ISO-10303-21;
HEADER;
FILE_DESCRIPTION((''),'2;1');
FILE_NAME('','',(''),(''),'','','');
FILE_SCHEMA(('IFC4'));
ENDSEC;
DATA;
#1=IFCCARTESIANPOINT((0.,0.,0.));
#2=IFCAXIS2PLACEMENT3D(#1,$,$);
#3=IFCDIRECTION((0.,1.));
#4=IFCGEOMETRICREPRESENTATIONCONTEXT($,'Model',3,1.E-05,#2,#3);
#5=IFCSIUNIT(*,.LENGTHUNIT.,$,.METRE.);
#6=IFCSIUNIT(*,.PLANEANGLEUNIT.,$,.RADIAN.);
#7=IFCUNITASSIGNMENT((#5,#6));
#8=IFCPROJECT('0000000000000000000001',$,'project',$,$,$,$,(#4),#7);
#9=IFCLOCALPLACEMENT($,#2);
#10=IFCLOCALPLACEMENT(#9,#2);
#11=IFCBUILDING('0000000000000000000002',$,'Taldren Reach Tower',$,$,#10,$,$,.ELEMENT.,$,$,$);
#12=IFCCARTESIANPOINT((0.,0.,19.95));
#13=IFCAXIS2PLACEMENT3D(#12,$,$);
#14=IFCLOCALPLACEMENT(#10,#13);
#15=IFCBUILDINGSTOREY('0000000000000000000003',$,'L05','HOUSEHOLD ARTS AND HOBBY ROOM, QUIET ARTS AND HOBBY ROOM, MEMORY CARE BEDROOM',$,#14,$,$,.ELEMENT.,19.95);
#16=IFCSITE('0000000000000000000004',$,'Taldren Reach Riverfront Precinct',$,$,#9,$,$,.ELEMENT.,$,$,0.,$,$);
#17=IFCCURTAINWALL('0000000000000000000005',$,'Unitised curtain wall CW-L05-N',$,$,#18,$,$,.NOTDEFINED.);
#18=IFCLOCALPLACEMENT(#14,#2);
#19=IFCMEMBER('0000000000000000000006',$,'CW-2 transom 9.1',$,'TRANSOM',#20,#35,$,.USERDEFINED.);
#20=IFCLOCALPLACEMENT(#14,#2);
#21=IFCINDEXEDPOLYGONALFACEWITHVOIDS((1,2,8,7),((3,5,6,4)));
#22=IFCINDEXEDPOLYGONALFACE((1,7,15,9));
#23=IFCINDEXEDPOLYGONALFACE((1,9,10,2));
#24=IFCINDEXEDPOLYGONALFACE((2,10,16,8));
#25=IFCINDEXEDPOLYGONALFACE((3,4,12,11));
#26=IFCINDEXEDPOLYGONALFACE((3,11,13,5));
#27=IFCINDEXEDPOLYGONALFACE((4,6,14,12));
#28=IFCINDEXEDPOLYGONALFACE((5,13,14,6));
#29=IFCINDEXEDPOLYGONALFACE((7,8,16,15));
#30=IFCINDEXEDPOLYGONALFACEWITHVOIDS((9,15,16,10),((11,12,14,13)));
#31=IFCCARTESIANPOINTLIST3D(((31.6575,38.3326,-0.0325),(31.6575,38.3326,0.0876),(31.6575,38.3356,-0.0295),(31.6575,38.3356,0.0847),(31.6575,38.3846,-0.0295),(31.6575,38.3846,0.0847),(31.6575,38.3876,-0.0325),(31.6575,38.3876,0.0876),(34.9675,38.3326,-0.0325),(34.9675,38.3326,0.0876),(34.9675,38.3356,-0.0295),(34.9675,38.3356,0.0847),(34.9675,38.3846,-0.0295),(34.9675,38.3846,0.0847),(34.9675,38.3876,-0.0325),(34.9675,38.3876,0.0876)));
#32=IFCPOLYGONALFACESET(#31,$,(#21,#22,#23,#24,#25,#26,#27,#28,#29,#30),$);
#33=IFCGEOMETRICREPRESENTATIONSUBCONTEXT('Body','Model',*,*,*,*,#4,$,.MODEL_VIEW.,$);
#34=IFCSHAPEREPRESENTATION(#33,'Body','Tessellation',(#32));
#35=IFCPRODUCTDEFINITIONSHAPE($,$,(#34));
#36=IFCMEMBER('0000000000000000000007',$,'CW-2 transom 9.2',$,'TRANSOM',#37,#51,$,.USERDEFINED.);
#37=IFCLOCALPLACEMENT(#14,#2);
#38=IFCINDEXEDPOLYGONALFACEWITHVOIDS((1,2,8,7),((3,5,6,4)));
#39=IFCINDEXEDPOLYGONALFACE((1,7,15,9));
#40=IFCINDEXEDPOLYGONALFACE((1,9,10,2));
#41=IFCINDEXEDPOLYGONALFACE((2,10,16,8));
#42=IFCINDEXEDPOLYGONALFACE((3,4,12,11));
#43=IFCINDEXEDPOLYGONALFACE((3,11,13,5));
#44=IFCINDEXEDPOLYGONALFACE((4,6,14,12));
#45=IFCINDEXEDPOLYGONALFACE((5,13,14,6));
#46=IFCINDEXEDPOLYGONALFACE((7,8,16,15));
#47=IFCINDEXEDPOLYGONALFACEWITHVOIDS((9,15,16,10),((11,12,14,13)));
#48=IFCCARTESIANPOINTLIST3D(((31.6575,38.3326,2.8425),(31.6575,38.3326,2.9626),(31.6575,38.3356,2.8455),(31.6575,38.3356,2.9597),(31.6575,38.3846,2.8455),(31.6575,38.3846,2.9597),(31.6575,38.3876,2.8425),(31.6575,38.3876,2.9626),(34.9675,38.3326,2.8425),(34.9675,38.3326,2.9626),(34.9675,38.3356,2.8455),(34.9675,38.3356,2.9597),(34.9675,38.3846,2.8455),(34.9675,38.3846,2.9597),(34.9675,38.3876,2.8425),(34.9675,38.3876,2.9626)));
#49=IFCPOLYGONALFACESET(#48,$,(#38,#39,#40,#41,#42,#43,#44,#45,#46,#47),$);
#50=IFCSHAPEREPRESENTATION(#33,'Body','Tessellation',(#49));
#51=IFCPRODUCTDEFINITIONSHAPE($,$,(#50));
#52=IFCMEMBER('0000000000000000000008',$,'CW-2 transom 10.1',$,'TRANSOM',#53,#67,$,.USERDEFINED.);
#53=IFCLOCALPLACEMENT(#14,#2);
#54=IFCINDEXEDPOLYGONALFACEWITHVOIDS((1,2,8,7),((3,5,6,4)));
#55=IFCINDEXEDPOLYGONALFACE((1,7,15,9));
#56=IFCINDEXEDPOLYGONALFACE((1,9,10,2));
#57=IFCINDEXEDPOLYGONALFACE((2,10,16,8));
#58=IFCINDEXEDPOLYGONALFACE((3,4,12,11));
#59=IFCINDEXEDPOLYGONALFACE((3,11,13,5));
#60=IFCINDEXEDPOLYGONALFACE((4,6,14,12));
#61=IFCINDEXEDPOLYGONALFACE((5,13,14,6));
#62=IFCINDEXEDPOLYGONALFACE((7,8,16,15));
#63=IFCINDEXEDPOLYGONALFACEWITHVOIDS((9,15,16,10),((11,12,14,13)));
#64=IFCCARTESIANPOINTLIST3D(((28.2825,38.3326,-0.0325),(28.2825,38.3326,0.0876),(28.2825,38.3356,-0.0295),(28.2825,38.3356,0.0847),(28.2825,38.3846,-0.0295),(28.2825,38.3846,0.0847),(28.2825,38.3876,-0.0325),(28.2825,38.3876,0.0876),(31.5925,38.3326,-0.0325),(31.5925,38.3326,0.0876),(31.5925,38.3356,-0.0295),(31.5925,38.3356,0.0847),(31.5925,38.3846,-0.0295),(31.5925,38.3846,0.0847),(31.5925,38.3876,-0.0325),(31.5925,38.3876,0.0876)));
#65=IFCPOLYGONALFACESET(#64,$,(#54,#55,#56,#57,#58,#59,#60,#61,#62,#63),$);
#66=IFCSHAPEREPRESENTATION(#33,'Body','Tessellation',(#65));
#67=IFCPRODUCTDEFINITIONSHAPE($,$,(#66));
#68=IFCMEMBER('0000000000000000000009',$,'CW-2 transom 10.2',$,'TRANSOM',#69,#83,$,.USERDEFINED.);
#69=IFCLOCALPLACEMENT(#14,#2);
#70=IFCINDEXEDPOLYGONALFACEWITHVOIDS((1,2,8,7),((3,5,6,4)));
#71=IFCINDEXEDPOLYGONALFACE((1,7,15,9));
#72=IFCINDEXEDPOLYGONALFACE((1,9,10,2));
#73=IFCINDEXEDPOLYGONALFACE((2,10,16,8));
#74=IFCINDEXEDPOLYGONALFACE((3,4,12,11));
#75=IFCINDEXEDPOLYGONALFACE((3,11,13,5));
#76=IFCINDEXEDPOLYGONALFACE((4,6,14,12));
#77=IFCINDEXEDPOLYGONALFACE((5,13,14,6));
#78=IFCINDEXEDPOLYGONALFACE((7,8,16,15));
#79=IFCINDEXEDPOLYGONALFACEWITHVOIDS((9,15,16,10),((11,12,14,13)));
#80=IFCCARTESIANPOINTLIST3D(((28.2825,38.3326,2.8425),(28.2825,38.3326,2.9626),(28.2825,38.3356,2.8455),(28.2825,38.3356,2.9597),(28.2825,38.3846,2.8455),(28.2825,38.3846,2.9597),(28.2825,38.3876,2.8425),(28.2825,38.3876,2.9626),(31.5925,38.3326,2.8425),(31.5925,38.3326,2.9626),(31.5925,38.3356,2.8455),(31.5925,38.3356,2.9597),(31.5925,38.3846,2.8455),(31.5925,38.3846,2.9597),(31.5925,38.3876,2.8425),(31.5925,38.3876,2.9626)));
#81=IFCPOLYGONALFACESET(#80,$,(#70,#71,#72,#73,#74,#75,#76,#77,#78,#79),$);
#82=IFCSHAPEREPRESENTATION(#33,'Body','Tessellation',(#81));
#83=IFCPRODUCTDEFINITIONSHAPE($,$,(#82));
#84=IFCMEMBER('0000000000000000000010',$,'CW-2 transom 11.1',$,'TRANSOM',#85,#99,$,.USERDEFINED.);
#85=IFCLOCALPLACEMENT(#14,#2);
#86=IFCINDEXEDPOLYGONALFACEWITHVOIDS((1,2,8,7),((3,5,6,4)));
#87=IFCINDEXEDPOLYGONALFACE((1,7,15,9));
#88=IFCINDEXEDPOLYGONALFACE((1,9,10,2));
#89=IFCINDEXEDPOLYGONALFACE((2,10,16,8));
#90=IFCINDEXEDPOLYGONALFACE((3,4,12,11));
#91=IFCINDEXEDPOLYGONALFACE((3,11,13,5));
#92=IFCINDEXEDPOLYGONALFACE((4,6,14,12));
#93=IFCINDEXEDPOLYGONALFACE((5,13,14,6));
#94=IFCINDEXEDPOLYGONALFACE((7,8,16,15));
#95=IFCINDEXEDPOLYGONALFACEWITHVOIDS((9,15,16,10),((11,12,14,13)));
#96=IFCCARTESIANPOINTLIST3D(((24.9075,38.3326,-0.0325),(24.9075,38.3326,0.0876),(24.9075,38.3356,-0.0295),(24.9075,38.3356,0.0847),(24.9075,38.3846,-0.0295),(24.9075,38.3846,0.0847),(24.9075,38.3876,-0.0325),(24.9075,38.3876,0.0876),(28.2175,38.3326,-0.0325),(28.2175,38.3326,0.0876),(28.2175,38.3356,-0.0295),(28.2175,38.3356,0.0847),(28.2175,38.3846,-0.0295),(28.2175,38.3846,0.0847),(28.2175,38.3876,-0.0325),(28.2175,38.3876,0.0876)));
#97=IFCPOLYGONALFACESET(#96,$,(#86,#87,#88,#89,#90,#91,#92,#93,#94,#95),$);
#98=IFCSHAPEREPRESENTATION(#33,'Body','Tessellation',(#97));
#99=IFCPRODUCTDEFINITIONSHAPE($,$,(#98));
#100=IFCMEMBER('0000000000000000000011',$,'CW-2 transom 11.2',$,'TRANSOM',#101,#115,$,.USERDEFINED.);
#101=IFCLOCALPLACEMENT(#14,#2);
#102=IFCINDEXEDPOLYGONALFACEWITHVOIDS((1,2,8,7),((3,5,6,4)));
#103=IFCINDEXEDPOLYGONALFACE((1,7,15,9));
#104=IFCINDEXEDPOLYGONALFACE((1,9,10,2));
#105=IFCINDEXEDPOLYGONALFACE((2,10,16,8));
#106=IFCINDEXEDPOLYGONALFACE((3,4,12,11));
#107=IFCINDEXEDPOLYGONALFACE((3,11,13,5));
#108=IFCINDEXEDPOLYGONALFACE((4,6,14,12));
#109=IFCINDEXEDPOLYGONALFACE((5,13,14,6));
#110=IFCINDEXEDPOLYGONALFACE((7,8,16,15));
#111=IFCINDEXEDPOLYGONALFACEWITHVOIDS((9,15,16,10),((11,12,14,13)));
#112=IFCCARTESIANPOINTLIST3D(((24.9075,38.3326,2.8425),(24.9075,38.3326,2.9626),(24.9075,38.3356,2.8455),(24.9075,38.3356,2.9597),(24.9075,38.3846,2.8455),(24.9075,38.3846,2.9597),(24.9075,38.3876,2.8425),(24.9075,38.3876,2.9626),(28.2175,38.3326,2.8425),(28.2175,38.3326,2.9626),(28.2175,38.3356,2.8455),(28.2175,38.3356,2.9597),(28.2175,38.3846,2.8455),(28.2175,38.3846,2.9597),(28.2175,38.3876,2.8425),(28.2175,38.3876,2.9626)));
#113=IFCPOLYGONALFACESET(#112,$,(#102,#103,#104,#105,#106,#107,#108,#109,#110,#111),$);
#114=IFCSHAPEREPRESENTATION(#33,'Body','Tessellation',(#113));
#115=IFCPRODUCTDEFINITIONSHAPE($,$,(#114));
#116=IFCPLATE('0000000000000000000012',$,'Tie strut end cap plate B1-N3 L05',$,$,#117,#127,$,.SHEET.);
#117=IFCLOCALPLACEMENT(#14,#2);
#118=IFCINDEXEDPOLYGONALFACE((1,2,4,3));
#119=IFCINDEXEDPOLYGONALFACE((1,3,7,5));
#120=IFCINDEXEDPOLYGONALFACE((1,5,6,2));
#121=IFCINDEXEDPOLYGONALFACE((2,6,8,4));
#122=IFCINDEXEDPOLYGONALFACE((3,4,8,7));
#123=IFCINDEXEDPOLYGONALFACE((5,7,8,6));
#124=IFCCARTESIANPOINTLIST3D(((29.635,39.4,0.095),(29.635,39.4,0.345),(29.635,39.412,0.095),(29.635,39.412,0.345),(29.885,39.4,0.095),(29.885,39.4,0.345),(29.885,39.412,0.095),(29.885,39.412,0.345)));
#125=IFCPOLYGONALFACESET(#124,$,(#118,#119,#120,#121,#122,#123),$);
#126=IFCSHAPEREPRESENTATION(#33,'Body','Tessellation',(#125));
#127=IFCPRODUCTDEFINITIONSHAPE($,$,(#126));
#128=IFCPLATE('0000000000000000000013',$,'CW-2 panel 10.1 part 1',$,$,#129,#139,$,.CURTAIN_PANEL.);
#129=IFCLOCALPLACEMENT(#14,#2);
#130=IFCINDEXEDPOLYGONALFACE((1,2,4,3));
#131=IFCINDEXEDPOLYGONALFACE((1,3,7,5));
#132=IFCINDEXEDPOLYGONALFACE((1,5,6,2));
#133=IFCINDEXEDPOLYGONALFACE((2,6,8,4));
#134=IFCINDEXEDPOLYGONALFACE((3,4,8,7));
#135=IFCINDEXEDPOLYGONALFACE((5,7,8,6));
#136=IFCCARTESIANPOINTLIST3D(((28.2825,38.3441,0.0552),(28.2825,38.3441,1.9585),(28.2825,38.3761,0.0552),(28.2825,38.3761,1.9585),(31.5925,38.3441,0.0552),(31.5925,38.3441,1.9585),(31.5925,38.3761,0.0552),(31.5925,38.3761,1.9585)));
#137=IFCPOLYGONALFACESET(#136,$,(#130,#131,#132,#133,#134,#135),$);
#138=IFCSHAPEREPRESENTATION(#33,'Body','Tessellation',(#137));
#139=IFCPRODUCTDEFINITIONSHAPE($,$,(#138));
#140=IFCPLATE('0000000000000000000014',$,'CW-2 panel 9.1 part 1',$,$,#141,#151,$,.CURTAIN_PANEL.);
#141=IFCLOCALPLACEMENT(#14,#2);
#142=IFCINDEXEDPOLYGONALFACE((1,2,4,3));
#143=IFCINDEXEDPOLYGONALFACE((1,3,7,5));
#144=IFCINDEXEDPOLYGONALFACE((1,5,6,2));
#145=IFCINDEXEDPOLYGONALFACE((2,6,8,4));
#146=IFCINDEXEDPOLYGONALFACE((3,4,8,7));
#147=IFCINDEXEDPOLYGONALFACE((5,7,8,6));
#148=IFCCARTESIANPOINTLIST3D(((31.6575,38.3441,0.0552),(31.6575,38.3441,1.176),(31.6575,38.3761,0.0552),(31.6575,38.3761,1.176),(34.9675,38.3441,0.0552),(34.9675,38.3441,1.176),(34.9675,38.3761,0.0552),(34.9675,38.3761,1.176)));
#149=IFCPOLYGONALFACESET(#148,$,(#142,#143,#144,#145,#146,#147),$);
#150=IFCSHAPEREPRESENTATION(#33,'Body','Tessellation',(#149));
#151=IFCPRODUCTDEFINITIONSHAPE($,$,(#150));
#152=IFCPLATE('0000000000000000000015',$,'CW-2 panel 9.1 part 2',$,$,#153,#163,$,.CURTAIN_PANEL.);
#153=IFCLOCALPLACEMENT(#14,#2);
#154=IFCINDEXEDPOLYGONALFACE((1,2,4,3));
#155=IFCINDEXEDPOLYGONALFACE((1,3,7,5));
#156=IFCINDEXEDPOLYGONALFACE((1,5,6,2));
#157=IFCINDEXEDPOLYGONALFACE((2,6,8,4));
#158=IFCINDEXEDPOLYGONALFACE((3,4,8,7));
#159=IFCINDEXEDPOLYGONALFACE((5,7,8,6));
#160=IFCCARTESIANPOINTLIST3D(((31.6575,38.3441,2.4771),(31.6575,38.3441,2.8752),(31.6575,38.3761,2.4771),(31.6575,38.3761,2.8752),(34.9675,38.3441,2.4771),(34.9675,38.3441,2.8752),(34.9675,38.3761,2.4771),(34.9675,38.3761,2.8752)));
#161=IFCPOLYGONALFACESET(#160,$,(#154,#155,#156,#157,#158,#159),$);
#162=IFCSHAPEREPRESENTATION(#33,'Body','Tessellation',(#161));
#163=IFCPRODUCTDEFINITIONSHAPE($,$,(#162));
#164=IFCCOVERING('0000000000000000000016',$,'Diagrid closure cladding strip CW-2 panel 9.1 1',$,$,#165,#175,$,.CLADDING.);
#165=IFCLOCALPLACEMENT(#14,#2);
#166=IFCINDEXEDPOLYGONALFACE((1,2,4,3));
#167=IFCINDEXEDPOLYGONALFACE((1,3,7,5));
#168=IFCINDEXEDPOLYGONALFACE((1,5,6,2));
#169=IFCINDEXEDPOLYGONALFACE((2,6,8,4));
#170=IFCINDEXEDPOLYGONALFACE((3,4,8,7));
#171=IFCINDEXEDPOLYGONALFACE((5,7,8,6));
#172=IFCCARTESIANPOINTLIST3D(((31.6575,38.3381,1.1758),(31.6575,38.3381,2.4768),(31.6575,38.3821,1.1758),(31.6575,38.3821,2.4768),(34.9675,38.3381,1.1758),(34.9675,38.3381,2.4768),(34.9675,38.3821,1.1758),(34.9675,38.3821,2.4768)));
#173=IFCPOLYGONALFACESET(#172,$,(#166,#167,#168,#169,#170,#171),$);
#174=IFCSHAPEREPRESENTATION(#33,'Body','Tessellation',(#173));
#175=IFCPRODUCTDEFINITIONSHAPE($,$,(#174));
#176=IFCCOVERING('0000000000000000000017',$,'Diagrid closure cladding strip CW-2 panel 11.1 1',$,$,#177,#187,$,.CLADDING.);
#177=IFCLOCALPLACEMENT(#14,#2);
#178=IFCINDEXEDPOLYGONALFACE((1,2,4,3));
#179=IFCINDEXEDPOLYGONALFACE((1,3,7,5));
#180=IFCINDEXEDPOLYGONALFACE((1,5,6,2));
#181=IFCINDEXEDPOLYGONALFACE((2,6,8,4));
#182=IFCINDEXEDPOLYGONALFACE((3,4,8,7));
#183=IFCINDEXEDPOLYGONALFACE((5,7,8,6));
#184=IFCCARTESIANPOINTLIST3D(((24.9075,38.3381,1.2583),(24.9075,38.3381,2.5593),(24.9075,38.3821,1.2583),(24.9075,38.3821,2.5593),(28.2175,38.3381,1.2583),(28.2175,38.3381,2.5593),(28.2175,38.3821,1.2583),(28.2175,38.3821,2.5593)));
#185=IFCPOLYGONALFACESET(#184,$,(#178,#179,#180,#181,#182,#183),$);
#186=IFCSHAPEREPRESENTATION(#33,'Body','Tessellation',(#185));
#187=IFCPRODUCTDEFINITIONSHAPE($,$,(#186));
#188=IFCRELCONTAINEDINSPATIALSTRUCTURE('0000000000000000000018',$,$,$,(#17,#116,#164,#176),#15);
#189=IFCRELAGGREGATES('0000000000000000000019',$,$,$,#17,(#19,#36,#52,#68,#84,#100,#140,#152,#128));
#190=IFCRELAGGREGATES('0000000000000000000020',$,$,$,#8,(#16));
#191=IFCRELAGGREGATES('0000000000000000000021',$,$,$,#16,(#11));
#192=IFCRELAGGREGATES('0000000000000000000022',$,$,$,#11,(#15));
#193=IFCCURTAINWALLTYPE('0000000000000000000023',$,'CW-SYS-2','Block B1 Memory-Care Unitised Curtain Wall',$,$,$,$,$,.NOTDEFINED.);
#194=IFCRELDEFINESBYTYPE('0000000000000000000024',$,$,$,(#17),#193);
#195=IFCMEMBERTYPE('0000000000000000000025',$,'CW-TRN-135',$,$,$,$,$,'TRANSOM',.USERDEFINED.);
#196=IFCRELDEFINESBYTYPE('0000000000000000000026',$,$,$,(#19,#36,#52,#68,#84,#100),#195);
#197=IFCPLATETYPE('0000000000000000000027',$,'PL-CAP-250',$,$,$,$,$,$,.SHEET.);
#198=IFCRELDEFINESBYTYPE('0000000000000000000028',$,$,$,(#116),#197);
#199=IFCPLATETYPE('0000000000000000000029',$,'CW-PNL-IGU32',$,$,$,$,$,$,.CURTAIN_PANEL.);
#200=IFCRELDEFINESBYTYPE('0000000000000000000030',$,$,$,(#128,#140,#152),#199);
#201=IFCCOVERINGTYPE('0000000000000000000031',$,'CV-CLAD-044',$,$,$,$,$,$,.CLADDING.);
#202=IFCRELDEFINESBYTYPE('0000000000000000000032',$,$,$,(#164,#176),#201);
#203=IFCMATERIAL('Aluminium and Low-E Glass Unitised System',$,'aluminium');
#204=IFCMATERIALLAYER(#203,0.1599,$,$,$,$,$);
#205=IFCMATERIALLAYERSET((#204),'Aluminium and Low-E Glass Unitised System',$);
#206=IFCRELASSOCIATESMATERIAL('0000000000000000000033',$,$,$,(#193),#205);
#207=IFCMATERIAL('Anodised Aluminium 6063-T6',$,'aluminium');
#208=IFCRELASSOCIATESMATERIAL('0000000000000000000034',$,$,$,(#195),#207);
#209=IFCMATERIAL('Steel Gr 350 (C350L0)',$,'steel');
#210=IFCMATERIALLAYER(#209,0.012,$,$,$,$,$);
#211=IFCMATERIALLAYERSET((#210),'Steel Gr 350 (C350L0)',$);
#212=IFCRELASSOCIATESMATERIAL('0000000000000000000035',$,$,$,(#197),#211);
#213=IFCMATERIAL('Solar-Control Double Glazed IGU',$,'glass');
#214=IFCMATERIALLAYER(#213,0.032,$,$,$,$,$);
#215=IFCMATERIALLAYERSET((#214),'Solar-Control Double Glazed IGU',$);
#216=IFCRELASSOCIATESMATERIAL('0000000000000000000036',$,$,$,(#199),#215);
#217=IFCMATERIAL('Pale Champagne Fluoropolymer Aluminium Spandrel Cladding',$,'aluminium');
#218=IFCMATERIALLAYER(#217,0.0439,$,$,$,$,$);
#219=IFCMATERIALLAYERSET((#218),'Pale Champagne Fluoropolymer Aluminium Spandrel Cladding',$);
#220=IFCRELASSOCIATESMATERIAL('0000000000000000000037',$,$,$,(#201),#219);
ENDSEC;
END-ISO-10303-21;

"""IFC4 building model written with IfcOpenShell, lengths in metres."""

from ifc_helpers import new_model, si_unit, direction, frame, origin, origin_2d, place, context, subcontext, project, spatial, rectangle, hollow_rectangle, extrude, source, transform, mapped, material, layer, layer_set, material_profile, profile_set, type_object, element, aggregate, save


model = new_model("IFC4")

# Units and contexts
model_context = context("Model", 3, precision=1e-05, world=origin(), true_north=direction((0.0, 1.0)))
body_context = subcontext(model_context, "Body", "Model", "MODEL_VIEW")
ifc_project = project(units=[si_unit("LENGTHUNIT", "METRE"), si_unit("PLANEANGLEUNIT", "RADIAN")], contexts=[model_context])

# Site, building, storey
site_placement = place(None, origin())
site = spatial("IfcSite", under=ifc_project, at=site_placement, Name="Taldren Reach Riverfront Precinct", CompositionType="ELEMENT", RefElevation=0.0)
building_placement = place(site_placement, origin())
building = spatial("IfcBuilding", under=site, at=building_placement, Name="Taldren Reach Tower", CompositionType="ELEMENT")
storey_placement = place(building_placement, frame((0.0, 0.0, 19.95)))
storey = spatial("IfcBuildingStorey", under=building, at=storey_placement, Name="L05", Description="HOUSEHOLD ARTS AND HOBBY ROOM, QUIET ARTS AND HOBBY ROOM, MEMORY CARE BEDROOM", CompositionType="ELEMENT", Elevation=19.95)

# Shared definitions
ifc_material_1 = material(Name="Steel Gr 350 (C350L0)", Category="steel")

# Curtain wall, members
ifc_material_2 = material(Name="Aluminium and Low-E Glass Unitised System", Category="aluminium")
ifc_layer_1 = layer(ifc_material_2, 0.1599)
ifc_layer_set_1 = layer_set([ifc_layer_1], Name="Aluminium and Low-E Glass Unitised System")
curtain_wall_type = type_object("IfcCurtainWallType", Name="CW-SYS-2", Description="Block B1 Memory-Care Unitised Curtain Wall", PredefinedType="NOTDEFINED", material=ifc_layer_set_1)
curtain_wall_placement = place(storey_placement, origin())
curtain_wall = element("IfcCurtainWall", 1, at=curtain_wall_placement, inside=storey, type_object=curtain_wall_type, Name="Unitised curtain wall CW-L05-N", PredefinedType="NOTDEFINED")
ifc_material_3 = material(Name="Anodised Aluminium 6063-T6", Category="aluminium")
ifc_material_profile_1 = material_profile(ifc_material_3, hollow_rectangle(XDim=0.0549, YDim=0.1201, WallThickness=0.0029, at=origin_2d()), Name="ALU-120x55x3RHS")
ifc_profile_set_1 = profile_set([ifc_material_profile_1], Name="Anodised Aluminium 6063-T6")
member_type_1 = type_object("IfcMemberType", Name="CW-TRN-135", ElementType="TRANSOM", PredefinedType="USERDEFINED", material=ifc_profile_set_1)
shared_shape_1 = source(origin(), body_context, "Body", "SweptSolid", [
    extrude(hollow_rectangle(XDim=0.0549, YDim=0.1201, WallThickness=0.0029, at=origin_2d()), origin(), (0.0, 0.0, 1.0), 3.3101),
])
member_1_placement = place(storey_placement, frame((34.9675, 38.3601, 0.0276), z_axis=(-1.0, 0.0, 0.0), x_axis=(0.0, -1.0, 0.0)))
member_1 = element("IfcMember", 2, at=member_1_placement, type_object=member_type_1, Name="CW-2 transom 9.1", ObjectType="TRANSOM", PredefinedType="USERDEFINED", context=body_context, shape_type="MappedRepresentation", body=[
    mapped(shared_shape_1, transform((0.0, 0.0, 0.0), scale=1.0)),
])
member_2_placement = place(storey_placement, frame((34.9675, 38.3601, 2.9026), z_axis=(-1.0, 0.0, 0.0), x_axis=(0.0, -1.0, 0.0)))
member_2 = element("IfcMember", 3, at=member_2_placement, type_object=member_type_1, Name="CW-2 transom 9.2", ObjectType="TRANSOM", PredefinedType="USERDEFINED", context=body_context, shape_type="MappedRepresentation", body=[
    mapped(shared_shape_1, transform((0.0, 0.0, 0.0), scale=1.0)),
])
member_3_placement = place(storey_placement, frame((31.5925, 38.3601, 0.0276), z_axis=(-1.0, 0.0, 0.0), x_axis=(0.0, -1.0, 0.0)))
member_3 = element("IfcMember", 4, at=member_3_placement, type_object=member_type_1, Name="CW-2 transom 10.1", ObjectType="TRANSOM", PredefinedType="USERDEFINED", context=body_context, shape_type="MappedRepresentation", body=[
    mapped(shared_shape_1, transform((0.0, 0.0, 0.0), scale=1.0)),
])
member_4_placement = place(storey_placement, frame((31.5925, 38.3601, 2.9026), z_axis=(-1.0, 0.0, 0.0), x_axis=(0.0, -1.0, 0.0)))
member_4 = element("IfcMember", 5, at=member_4_placement, type_object=member_type_1, Name="CW-2 transom 10.2", ObjectType="TRANSOM", PredefinedType="USERDEFINED", context=body_context, shape_type="MappedRepresentation", body=[
    mapped(shared_shape_1, transform((0.0, 0.0, 0.0), scale=1.0)),
])
member_5_placement = place(storey_placement, frame((28.2175, 38.3601, 0.0276), z_axis=(-1.0, 0.0, 0.0), x_axis=(0.0, -1.0, 0.0)))
member_5 = element("IfcMember", 6, at=member_5_placement, type_object=member_type_1, Name="CW-2 transom 11.1", ObjectType="TRANSOM", PredefinedType="USERDEFINED", context=body_context, shape_type="MappedRepresentation", body=[
    mapped(shared_shape_1, transform((0.0, 0.0, 0.0), scale=1.0)),
])
member_6_placement = place(storey_placement, frame((28.2175, 38.3601, 2.9026), z_axis=(-1.0, 0.0, 0.0), x_axis=(0.0, -1.0, 0.0)))
member_6 = element("IfcMember", 7, at=member_6_placement, type_object=member_type_1, Name="CW-2 transom 11.2", ObjectType="TRANSOM", PredefinedType="USERDEFINED", context=body_context, shape_type="MappedRepresentation", body=[
    mapped(shared_shape_1, transform((0.0, 0.0, 0.0), scale=1.0)),
])

# Plates
ifc_layer_2 = layer(ifc_material_1, 0.012)
ifc_layer_set_2 = layer_set([ifc_layer_2], Name="Steel Gr 350 (C350L0)")
plate_type_1 = type_object("IfcPlateType", Name="PL-CAP-250", PredefinedType="SHEET", material=ifc_layer_set_2)
shared_shape_2 = source(origin(), body_context, "Body", "SweptSolid", [
    extrude(rectangle(XDim=0.25, YDim=0.012, at=origin_2d()), origin(), (0.0, 0.0, 1.0), 0.25),
])
plate_1_placement = place(storey_placement, frame((29.76, 39.406, 0.095), z_axis=(0.0, 0.0, 1.0), x_axis=(1.0, 0.0, 0.0)))
element("IfcPlate", 8, at=plate_1_placement, inside=storey, type_object=plate_type_1, Name="Tie strut end cap plate B1-N3 L05", PredefinedType="SHEET", context=body_context, shape_type="MappedRepresentation", body=[
    mapped(shared_shape_2, transform((0.0, 0.0, 0.0), scale=1.0)),
])
ifc_material_4 = material(Name="Solar-Control Double Glazed IGU", Category="glass")
ifc_layer_3 = layer(ifc_material_4, 0.032)
ifc_layer_set_3 = layer_set([ifc_layer_3], Name="Solar-Control Double Glazed IGU")
plate_type_2 = type_object("IfcPlateType", Name="CW-PNL-IGU32", PredefinedType="CURTAIN_PANEL", material=ifc_layer_set_3)
shared_shape_3 = source(origin(), body_context, "Body", "SweptSolid", [
    extrude(rectangle(XDim=3.3101, YDim=0.032, at=origin_2d()), origin(), (0.0, 0.0, 1.0), 1.9033),
])
plate_2_placement = place(storey_placement, frame((29.9375, 38.3601, 0.0552), z_axis=(0.0, 0.0, 1.0), x_axis=(-1.0, 0.0, 0.0)))
plate_2 = element("IfcPlate", 9, at=plate_2_placement, type_object=plate_type_2, Name="CW-2 panel 10.1 part 1", PredefinedType="CURTAIN_PANEL", context=body_context, shape_type="MappedRepresentation", body=[
    mapped(shared_shape_3, transform((0.0, 0.0, 0.0), scale=1.0)),
])
shared_shape_4 = source(origin(), body_context, "Body", "SweptSolid", [
    extrude(rectangle(XDim=3.3101, YDim=0.032, at=origin_2d()), origin(), (0.0, 0.0, 1.0), 1.1208),
])
plate_3_placement = place(storey_placement, frame((33.3125, 38.3601, 0.0552), z_axis=(0.0, 0.0, 1.0), x_axis=(-1.0, 0.0, 0.0)))
plate_3 = element("IfcPlate", 10, at=plate_3_placement, type_object=plate_type_2, Name="CW-2 panel 9.1 part 1", PredefinedType="CURTAIN_PANEL", context=body_context, shape_type="MappedRepresentation", body=[
    mapped(shared_shape_4, transform((0.0, 0.0, 0.0), scale=1.0)),
])
shared_shape_5 = source(origin(), body_context, "Body", "SweptSolid", [
    extrude(rectangle(XDim=3.3101, YDim=0.032, at=origin_2d()), origin(), (0.0, 0.0, 1.0), 0.3982),
])
plate_4_placement = place(storey_placement, frame((33.3125, 38.3601, 2.4771), z_axis=(0.0, 0.0, 1.0), x_axis=(-1.0, 0.0, 0.0)))
plate_4 = element("IfcPlate", 11, at=plate_4_placement, type_object=plate_type_2, Name="CW-2 panel 9.1 part 2", PredefinedType="CURTAIN_PANEL", context=body_context, shape_type="MappedRepresentation", body=[
    mapped(shared_shape_5, transform((0.0, 0.0, 0.0), scale=1.0)),
])
aggregate(curtain_wall, [member_1, member_2, member_3, member_4, member_5, member_6, plate_3, plate_4, plate_2])

# Coverings
ifc_material_5 = material(Name="Pale Champagne Fluoropolymer Aluminium Spandrel Cladding", Category="aluminium")
ifc_layer_4 = layer(ifc_material_5, 0.0439)
ifc_layer_set_4 = layer_set([ifc_layer_4], Name="Pale Champagne Fluoropolymer Aluminium Spandrel Cladding")
covering_type = type_object("IfcCoveringType", Name="CV-CLAD-044", PredefinedType="CLADDING", material=ifc_layer_set_4)
shared_shape_6 = source(origin(), body_context, "Body", "SweptSolid", [
    extrude(rectangle(XDim=3.3101, YDim=0.0439, at=origin_2d()), origin(), (0.0, 0.0, 1.0), 1.301),
])
for number, where, z_axis, x_axis, name in (
    (12, (33.3125, 38.3601, 1.1758), (0.0, 0.0, 1.0), (-1.0, 0.0, 0.0), "Diagrid closure cladding strip CW-2 panel 9.1 1"),
    (13, (26.5625, 38.3601, 1.2583), (0.0, 0.0, 1.0), (-1.0, 0.0, 0.0), "Diagrid closure cladding strip CW-2 panel 11.1 1"),
):
    element("IfcCovering", number, at=place(storey_placement, frame(where, z_axis=z_axis, x_axis=x_axis)), inside=storey, type_object=covering_type, Name=name, PredefinedType="CLADDING", context=body_context, shape_type="MappedRepresentation", body=[
        mapped(shared_shape_6, transform((0.0, 0.0, 0.0), scale=1.0)),
    ])

save(model, "model.ifc")
